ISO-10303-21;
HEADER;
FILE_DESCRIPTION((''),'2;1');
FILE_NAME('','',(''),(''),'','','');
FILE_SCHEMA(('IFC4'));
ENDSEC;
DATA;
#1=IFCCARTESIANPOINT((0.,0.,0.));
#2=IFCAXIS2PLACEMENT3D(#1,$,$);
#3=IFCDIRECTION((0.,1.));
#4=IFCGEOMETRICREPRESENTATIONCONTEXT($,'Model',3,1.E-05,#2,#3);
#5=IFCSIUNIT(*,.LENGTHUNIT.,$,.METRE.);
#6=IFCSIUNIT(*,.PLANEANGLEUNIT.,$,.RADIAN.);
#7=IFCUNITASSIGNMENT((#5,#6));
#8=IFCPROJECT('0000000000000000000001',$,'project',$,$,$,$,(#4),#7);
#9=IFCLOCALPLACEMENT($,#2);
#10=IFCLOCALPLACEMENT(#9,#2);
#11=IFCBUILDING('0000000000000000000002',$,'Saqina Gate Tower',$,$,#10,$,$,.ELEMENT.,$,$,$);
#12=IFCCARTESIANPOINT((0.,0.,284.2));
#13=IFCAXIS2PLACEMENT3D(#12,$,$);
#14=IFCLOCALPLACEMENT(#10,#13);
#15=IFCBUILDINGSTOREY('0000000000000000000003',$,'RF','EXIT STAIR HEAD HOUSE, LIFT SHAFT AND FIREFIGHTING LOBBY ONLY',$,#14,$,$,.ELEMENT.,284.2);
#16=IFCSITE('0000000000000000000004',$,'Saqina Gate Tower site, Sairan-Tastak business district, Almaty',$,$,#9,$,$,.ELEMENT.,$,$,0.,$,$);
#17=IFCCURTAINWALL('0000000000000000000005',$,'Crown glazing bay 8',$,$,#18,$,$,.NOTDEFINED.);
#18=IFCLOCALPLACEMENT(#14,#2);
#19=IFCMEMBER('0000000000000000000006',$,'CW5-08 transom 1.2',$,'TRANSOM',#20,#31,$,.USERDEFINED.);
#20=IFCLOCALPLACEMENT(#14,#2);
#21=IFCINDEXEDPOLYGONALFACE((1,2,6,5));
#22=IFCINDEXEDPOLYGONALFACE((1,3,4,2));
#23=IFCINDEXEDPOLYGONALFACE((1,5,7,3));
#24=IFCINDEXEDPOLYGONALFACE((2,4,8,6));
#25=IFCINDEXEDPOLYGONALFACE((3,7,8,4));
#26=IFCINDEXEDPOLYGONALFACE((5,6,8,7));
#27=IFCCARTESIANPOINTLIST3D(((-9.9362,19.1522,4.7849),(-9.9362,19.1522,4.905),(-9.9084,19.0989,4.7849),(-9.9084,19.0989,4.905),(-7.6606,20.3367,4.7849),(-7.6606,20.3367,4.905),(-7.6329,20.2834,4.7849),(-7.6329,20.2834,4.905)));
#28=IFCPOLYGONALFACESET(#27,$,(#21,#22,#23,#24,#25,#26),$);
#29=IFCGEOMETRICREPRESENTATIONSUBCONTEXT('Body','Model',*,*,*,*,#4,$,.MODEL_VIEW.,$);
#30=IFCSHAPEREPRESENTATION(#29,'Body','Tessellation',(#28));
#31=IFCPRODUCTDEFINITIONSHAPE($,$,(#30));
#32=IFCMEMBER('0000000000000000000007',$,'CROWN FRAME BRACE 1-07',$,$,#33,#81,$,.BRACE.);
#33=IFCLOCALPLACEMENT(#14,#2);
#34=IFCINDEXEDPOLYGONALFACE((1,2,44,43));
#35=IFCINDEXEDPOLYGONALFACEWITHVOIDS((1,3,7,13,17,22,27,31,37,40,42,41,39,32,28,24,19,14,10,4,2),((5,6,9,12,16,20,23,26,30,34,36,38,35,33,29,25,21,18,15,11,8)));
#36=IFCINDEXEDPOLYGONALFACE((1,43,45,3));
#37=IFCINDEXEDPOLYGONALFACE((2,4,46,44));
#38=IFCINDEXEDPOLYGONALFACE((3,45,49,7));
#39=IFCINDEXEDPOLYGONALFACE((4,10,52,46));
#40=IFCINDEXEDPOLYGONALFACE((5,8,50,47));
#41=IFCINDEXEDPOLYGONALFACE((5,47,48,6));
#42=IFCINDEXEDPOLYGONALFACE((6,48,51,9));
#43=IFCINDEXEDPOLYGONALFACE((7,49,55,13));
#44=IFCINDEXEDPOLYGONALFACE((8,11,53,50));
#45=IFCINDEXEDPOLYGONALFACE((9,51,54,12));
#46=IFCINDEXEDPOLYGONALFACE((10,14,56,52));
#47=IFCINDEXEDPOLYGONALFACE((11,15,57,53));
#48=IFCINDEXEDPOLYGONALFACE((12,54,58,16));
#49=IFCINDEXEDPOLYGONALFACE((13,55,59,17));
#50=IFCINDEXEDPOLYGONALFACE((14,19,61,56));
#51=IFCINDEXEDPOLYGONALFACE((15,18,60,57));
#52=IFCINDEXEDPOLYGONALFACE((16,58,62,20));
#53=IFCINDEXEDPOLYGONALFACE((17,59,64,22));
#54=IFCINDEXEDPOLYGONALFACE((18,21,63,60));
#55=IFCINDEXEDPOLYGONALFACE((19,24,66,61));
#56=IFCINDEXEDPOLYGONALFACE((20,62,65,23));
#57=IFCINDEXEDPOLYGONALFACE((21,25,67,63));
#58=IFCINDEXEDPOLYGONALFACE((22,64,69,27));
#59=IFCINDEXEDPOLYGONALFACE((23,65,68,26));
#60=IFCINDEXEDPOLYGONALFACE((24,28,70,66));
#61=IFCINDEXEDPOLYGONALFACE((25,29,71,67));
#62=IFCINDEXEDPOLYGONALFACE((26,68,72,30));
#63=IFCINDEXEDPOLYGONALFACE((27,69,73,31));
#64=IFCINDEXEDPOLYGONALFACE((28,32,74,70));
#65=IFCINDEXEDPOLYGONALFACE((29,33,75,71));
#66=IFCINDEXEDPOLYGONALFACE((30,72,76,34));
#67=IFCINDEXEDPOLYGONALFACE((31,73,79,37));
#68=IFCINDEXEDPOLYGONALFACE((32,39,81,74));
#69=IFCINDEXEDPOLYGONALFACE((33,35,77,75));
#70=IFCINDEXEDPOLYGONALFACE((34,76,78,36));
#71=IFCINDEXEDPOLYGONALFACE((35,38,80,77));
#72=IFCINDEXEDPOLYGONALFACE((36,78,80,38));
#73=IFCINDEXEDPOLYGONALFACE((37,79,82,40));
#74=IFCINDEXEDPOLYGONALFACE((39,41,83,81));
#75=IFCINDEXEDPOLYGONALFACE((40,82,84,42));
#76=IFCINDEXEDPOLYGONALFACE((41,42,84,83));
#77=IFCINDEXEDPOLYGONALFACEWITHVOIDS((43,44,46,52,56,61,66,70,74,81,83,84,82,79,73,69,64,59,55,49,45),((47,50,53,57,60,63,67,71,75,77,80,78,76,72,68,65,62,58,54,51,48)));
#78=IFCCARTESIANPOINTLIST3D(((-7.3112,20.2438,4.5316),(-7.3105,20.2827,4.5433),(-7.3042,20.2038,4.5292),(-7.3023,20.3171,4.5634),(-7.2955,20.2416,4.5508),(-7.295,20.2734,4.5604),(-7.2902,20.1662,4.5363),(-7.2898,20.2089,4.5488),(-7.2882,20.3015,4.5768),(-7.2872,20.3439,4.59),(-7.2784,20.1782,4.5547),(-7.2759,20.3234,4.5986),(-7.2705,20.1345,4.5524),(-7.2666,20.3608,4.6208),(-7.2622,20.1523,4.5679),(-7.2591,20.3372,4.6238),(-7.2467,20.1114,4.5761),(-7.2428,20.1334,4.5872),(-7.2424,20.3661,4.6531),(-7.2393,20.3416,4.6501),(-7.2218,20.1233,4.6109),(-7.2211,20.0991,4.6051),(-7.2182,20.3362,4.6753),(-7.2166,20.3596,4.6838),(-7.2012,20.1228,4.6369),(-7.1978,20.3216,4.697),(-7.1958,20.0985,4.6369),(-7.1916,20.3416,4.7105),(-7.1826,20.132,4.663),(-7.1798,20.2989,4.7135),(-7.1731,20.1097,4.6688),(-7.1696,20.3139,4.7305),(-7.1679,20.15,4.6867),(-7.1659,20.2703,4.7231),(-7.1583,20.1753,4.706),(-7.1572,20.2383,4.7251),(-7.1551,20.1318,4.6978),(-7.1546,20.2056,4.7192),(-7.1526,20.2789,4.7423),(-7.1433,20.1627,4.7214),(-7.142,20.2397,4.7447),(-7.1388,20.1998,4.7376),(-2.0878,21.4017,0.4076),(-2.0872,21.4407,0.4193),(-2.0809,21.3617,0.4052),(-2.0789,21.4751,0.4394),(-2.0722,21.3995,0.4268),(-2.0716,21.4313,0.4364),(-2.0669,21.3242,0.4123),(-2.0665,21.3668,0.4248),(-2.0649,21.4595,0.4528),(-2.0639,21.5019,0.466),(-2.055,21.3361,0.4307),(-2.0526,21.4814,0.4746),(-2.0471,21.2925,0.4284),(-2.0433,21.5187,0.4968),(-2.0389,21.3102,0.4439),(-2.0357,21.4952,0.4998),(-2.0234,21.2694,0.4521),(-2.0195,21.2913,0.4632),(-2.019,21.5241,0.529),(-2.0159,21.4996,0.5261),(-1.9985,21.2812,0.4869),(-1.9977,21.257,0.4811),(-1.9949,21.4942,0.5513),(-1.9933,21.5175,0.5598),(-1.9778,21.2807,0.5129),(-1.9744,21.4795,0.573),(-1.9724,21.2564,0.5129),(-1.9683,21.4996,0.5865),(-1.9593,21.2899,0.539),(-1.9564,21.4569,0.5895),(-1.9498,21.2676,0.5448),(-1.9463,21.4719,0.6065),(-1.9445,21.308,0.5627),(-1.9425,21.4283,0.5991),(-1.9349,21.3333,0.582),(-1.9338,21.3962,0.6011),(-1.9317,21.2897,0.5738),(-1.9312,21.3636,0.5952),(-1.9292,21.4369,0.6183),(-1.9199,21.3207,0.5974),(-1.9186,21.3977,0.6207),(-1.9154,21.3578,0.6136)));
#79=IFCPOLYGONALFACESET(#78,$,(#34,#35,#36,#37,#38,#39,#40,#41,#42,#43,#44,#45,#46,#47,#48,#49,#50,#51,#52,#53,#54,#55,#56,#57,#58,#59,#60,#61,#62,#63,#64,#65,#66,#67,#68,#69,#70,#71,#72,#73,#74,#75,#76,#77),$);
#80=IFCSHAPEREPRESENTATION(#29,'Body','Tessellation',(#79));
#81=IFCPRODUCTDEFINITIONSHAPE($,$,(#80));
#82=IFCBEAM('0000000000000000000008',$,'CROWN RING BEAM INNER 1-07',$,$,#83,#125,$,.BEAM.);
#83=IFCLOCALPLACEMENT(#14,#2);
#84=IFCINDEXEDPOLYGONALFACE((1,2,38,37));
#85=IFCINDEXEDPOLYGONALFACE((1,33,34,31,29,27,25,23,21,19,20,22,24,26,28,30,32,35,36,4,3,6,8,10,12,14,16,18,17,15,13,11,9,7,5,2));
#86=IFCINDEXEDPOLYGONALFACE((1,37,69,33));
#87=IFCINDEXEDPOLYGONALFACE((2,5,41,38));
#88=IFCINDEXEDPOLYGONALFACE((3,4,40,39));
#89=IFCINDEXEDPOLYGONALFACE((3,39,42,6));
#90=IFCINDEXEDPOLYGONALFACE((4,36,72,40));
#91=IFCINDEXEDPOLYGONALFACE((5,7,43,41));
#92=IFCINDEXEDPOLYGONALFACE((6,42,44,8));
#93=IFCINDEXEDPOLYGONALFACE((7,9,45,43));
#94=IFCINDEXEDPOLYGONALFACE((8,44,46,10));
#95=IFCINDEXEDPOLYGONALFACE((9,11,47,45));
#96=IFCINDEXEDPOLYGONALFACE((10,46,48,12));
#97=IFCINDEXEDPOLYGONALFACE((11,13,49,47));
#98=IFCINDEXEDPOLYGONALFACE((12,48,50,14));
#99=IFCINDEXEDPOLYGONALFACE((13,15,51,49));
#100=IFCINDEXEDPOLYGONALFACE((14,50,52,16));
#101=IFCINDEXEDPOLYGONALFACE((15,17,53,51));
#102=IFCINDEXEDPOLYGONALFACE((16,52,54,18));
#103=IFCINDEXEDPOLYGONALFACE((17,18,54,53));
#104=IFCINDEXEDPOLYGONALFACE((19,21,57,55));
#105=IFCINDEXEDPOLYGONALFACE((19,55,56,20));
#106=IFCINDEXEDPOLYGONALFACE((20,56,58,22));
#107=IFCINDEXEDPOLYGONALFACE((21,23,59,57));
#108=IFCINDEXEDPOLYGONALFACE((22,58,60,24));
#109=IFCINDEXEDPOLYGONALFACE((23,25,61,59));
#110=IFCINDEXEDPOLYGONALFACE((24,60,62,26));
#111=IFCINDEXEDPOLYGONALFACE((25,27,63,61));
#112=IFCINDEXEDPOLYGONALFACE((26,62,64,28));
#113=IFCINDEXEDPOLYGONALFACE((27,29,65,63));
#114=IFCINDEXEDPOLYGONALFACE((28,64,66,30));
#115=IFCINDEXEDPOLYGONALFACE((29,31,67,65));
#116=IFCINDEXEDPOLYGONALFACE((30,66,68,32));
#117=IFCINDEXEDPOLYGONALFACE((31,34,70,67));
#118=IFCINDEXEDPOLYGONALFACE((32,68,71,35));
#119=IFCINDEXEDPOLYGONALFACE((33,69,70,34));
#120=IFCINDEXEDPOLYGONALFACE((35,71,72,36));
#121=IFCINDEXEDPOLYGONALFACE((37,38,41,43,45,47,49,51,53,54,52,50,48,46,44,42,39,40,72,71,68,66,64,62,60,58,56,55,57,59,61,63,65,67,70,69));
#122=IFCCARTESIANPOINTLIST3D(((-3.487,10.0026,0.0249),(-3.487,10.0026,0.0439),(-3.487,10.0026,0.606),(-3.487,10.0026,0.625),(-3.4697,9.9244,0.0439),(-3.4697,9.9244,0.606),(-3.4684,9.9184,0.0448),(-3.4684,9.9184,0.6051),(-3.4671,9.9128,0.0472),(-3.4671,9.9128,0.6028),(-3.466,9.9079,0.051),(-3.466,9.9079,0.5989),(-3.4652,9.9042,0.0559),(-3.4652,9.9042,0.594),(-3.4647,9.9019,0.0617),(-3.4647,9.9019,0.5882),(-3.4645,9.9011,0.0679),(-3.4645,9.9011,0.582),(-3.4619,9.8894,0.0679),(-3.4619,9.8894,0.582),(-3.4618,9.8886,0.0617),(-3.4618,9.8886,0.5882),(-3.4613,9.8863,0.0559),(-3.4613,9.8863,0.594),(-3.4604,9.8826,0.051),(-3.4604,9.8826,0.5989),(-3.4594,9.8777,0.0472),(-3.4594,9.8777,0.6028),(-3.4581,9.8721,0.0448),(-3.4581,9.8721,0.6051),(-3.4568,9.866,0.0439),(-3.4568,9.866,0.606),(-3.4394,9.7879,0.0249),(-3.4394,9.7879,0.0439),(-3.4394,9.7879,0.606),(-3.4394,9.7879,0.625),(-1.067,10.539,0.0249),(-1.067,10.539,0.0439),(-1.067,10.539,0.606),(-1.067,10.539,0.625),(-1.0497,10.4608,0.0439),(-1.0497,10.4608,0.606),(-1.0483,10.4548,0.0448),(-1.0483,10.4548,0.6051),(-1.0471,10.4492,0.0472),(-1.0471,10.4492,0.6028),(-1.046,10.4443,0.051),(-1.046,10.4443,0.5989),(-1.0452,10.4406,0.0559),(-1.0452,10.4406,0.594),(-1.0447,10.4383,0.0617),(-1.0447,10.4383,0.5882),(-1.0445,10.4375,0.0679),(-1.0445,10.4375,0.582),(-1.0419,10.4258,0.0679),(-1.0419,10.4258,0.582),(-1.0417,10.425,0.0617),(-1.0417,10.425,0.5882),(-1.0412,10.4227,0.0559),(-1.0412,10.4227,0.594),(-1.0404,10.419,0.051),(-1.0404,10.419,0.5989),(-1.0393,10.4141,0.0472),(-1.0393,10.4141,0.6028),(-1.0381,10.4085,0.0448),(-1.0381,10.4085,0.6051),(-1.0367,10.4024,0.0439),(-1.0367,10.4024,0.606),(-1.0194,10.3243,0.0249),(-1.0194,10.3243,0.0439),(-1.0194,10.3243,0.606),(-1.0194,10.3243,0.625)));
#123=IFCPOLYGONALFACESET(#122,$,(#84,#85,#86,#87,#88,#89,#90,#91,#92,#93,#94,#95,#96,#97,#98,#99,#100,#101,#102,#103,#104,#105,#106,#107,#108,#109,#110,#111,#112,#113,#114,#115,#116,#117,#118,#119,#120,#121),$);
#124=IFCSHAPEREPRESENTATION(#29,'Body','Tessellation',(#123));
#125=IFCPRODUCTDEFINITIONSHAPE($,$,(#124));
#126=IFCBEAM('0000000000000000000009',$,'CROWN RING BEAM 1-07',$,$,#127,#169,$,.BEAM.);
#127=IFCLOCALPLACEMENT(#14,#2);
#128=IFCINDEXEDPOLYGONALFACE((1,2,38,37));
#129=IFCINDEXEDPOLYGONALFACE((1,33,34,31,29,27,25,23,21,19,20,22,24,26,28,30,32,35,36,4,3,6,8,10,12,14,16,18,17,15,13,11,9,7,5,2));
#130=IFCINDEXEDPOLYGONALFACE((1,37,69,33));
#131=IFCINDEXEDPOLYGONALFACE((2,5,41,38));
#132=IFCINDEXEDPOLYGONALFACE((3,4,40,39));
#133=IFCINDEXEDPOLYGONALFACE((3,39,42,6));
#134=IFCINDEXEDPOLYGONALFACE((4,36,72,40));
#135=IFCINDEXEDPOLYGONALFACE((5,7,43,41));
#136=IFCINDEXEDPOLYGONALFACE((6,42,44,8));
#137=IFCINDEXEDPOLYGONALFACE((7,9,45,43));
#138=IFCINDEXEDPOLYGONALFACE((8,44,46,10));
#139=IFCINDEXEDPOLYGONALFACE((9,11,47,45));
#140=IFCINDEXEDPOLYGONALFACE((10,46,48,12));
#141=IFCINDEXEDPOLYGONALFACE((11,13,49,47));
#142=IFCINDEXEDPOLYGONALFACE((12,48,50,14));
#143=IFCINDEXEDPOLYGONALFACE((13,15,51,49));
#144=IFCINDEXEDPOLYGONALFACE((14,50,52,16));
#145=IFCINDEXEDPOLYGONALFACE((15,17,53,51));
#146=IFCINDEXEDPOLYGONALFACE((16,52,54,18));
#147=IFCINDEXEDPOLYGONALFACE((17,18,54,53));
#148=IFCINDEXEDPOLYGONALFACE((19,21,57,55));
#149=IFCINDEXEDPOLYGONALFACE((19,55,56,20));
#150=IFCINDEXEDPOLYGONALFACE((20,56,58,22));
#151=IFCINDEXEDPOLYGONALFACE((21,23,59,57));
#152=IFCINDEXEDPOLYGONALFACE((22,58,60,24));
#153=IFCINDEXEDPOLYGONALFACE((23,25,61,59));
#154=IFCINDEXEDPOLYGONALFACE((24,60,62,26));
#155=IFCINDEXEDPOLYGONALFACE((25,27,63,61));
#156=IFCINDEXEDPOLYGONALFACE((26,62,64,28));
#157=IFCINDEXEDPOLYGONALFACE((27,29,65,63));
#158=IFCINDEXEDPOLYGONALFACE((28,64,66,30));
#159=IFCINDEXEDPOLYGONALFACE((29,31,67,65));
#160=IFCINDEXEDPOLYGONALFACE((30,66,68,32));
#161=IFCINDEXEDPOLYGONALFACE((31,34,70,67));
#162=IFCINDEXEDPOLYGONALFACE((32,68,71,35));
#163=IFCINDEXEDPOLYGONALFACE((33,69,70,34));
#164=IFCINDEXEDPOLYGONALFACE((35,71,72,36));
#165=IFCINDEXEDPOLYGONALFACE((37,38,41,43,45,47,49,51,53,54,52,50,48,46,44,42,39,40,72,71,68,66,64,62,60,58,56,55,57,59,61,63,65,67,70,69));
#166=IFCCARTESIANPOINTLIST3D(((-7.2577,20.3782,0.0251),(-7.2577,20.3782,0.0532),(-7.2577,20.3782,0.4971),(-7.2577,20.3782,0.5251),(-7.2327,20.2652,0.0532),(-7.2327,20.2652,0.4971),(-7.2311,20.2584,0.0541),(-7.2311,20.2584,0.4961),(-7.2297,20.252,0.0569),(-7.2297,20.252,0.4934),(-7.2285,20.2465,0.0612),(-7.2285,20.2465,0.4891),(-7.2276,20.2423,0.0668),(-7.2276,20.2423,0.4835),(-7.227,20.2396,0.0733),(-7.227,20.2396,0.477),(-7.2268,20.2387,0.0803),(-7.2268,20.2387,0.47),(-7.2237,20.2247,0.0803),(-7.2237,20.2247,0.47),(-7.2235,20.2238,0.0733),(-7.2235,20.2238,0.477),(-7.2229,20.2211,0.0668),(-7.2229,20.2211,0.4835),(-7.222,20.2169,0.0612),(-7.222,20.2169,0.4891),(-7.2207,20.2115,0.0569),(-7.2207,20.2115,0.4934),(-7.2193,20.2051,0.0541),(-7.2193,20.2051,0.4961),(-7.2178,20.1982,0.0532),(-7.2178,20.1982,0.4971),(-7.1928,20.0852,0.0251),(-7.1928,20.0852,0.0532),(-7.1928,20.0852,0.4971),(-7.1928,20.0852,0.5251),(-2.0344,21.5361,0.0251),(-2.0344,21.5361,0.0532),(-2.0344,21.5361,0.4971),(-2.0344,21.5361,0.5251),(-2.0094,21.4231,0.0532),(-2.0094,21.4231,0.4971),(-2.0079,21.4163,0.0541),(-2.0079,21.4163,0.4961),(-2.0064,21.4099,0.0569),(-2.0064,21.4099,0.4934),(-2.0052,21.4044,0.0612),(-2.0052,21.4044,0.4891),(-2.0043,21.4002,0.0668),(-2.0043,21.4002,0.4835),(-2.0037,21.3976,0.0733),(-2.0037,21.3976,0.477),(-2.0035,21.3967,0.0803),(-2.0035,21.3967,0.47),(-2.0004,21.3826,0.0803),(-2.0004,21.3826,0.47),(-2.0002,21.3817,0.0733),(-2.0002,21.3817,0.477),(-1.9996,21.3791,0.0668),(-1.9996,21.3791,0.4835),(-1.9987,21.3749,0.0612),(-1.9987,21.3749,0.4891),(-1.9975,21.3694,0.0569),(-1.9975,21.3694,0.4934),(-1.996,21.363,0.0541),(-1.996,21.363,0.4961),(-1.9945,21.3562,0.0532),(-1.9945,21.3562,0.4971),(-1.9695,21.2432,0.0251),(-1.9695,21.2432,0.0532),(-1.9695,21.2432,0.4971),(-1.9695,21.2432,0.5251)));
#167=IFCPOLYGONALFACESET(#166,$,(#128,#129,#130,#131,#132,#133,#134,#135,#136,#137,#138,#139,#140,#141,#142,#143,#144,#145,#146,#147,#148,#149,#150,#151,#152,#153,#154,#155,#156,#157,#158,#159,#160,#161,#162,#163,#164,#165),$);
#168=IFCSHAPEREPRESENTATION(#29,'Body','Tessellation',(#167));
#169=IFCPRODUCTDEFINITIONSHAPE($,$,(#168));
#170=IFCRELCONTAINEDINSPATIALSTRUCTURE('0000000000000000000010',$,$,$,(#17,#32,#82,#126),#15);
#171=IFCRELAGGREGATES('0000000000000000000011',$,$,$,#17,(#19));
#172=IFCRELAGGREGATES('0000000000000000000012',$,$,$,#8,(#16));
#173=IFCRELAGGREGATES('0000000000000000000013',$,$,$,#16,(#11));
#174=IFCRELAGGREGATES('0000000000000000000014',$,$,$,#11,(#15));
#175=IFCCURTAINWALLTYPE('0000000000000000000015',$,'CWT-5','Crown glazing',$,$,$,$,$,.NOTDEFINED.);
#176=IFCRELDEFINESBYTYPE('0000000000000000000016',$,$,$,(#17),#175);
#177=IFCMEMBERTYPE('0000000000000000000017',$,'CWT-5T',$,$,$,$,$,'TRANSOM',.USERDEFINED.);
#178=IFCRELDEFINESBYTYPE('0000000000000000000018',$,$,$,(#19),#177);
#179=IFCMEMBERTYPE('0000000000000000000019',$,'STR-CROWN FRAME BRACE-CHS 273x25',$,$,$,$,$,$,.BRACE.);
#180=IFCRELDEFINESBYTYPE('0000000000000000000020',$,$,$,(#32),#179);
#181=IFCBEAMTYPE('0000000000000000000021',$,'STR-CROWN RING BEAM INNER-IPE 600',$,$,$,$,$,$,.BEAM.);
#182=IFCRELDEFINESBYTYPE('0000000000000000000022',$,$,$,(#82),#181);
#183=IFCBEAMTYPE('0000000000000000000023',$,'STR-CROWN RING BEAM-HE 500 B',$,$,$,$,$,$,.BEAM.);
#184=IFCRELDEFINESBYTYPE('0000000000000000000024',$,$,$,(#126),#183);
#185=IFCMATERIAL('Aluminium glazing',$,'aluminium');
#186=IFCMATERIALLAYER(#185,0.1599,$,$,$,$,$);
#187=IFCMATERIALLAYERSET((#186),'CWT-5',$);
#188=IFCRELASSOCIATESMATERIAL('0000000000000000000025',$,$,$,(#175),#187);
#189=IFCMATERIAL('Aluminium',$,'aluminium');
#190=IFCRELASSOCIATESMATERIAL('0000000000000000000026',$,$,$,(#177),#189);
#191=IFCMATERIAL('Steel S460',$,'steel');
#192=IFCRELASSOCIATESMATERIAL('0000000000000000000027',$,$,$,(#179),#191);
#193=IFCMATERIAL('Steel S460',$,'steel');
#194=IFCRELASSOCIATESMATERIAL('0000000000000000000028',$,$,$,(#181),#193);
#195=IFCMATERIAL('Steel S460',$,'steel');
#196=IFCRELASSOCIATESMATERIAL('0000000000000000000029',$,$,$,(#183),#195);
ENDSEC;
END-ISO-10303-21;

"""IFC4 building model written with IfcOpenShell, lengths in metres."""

from ifc_helpers import new_model, si_unit, direction, frame, origin, origin_2d, place, context, subcontext, project, spatial, rectangle, hollow_circle, i_section, extrude, material, layer, layer_set, material_profile, profile_set, type_object, element, aggregate, save


model = new_model("IFC4")

# Units and contexts
model_context = context("Model", 3, precision=1e-05, world=origin(), true_north=direction((0.0, 1.0)))
body_context = subcontext(model_context, "Body", "Model", "MODEL_VIEW")
ifc_project = project(units=[si_unit("LENGTHUNIT", "METRE"), si_unit("PLANEANGLEUNIT", "RADIAN")], contexts=[model_context])

# Site, building, storey
site_placement = place(None, origin())
site = spatial("IfcSite", under=ifc_project, at=site_placement, Name="Saqina Gate Tower site, Sairan-Tastak business district, Almaty", CompositionType="ELEMENT", RefElevation=0.0)
building_placement = place(site_placement, origin())
building = spatial("IfcBuilding", under=site, at=building_placement, Name="Saqina Gate Tower", CompositionType="ELEMENT")
storey_placement = place(building_placement, frame((0.0, 0.0, 284.2)))
storey = spatial("IfcBuildingStorey", under=building, at=storey_placement, Name="RF", Description="EXIT STAIR HEAD HOUSE, LIFT SHAFT AND FIREFIGHTING LOBBY ONLY", CompositionType="ELEMENT", Elevation=284.2)

# Shared definitions
ifc_material_1 = material(Name="Aluminium glazing", Category="aluminium")
ifc_layer_1 = layer(ifc_material_1, 0.1599)
ifc_layer_set_1 = layer_set([ifc_layer_1], Name="CWT-5")
curtain_wall_type = type_object("IfcCurtainWallType", Name="CWT-5", Description="Crown glazing", PredefinedType="NOTDEFINED", material=ifc_layer_set_1)

# Curtain wall, member
curtain_wall_1_placement = place(storey_placement, origin())
curtain_wall_1 = element("IfcCurtainWall", 1, at=curtain_wall_1_placement, inside=storey, type_object=curtain_wall_type, Name="Crown glazing bay 8", PredefinedType="NOTDEFINED")
ifc_material_2 = material(Name="Aluminium", Category="aluminium")
ifc_material_profile_1 = material_profile(ifc_material_2, rectangle(XDim=0.0601, YDim=0.1201, at=origin_2d()), Name="Aluminium 60x120")
ifc_profile_set_1 = profile_set([ifc_material_profile_1], Name="Aluminium")
member_type_1 = type_object("IfcMemberType", Name="CWT-5T", ElementType="TRANSOM", PredefinedType="USERDEFINED", material=ifc_profile_set_1)
member_1_placement = place(storey_placement, frame((-7.6467, 20.3101, 4.845), z_axis=(-0.887019, -0.461733, 0.0), x_axis=(0.461733, -0.887019, 0.0)))
member_1 = element("IfcMember", 2, at=member_1_placement, type_object=member_type_1, Name="CW5-08 transom 1.2", ObjectType="TRANSOM", PredefinedType="USERDEFINED", context=body_context, shape_type="SweptSolid", body=[
    extrude(rectangle(XDim=0.0601, YDim=0.1201, at=origin_2d()), origin(), (0.0, 0.0, 1.0), 2.5654),
])

# Member
ifc_material_3 = material(Name="Steel S460", Category="steel")
ifc_material_profile_2 = material_profile(ifc_material_3, hollow_circle(Radius=0.1365, WallThickness=0.0249, at=origin_2d()), Name="CHS 273x25")
ifc_profile_set_2 = profile_set([ifc_material_profile_2], Name="Steel S460")
member_type_2 = type_object("IfcMemberType", Name="STR-CROWN FRAME BRACE-CHS 273x25", PredefinedType="BRACE", material=ifc_profile_set_2)
member_2_placement = place(storey_placement, frame((-2.002, 21.3896, 0.5129), z_axis=(-0.773244, -0.171418, 0.610499), x_axis=(0.216433, -0.976298, 0.0)))
element("IfcMember", 3, at=member_2_placement, inside=storey, type_object=member_type_2, Name="CROWN FRAME BRACE 1-07", PredefinedType="BRACE", context=body_context, shape_type="SweptSolid", body=[
    extrude(hollow_circle(Radius=0.1365, WallThickness=0.0249, at=origin_2d()), origin(), (0.0, 0.0, 1.0), 6.7551),
])

# Beams
ifc_material_4 = material(Name="Steel S460", Category="steel")
ifc_material_profile_3 = material_profile(ifc_material_4, i_section(OverallWidth=0.22, OverallDepth=0.6001, WebThickness=0.012, FlangeThickness=0.019, FilletRadius=0.0239, at=origin_2d()), Name="IPE 600")
ifc_profile_set_3 = profile_set([ifc_material_profile_3], Name="Steel S460")
beam_type_1 = type_object("IfcBeamType", Name="STR-CROWN RING BEAM INNER-IPE 600", PredefinedType="BEAM", material=ifc_profile_set_3)
beam_1_placement = place(storey_placement, frame((-1.0432, 10.4316, 0.325), z_axis=(-0.976305, -0.216399, 0.0), x_axis=(0.216399, -0.976305, 0.0)))
element("IfcBeam", 4, at=beam_1_placement, inside=storey, type_object=beam_type_1, Name="CROWN RING BEAM INNER 1-07", PredefinedType="BEAM", context=body_context, shape_type="SweptSolid", body=[
    extrude(i_section(OverallWidth=0.22, OverallDepth=0.6001, WebThickness=0.012, FlangeThickness=0.019, FilletRadius=0.0239, at=origin_2d()), origin(), (0.0, 0.0, 1.0), 2.4788),
])
ifc_material_5 = material(Name="Steel S460", Category="steel")
ifc_material_profile_4 = material_profile(ifc_material_5, i_section(OverallWidth=0.3, OverallDepth=0.5, WebThickness=0.0144, FlangeThickness=0.0281, FilletRadius=0.0271, at=origin_2d()), Name="HE 500 B")
ifc_profile_set_4 = profile_set([ifc_material_profile_4], Name="Steel S460")
beam_type_2 = type_object("IfcBeamType", Name="STR-CROWN RING BEAM-HE 500 B", PredefinedType="BEAM", material=ifc_profile_set_4)
beam_2_placement = place(storey_placement, frame((-2.002, 21.3896, 0.2751), z_axis=(-0.976298, -0.216433, 0.0), x_axis=(0.216433, -0.976298, 0.0)))
element("IfcBeam", 5, at=beam_2_placement, inside=storey, type_object=beam_type_2, Name="CROWN RING BEAM 1-07", PredefinedType="BEAM", context=body_context, shape_type="SweptSolid", body=[
    extrude(i_section(OverallWidth=0.3, OverallDepth=0.5, WebThickness=0.0144, FlangeThickness=0.0281, FilletRadius=0.0271, at=origin_2d()), origin(), (0.0, 0.0, 1.0), 5.3501),
])

aggregate(curtain_wall_1, [member_1])

save(model, "model.ifc")
